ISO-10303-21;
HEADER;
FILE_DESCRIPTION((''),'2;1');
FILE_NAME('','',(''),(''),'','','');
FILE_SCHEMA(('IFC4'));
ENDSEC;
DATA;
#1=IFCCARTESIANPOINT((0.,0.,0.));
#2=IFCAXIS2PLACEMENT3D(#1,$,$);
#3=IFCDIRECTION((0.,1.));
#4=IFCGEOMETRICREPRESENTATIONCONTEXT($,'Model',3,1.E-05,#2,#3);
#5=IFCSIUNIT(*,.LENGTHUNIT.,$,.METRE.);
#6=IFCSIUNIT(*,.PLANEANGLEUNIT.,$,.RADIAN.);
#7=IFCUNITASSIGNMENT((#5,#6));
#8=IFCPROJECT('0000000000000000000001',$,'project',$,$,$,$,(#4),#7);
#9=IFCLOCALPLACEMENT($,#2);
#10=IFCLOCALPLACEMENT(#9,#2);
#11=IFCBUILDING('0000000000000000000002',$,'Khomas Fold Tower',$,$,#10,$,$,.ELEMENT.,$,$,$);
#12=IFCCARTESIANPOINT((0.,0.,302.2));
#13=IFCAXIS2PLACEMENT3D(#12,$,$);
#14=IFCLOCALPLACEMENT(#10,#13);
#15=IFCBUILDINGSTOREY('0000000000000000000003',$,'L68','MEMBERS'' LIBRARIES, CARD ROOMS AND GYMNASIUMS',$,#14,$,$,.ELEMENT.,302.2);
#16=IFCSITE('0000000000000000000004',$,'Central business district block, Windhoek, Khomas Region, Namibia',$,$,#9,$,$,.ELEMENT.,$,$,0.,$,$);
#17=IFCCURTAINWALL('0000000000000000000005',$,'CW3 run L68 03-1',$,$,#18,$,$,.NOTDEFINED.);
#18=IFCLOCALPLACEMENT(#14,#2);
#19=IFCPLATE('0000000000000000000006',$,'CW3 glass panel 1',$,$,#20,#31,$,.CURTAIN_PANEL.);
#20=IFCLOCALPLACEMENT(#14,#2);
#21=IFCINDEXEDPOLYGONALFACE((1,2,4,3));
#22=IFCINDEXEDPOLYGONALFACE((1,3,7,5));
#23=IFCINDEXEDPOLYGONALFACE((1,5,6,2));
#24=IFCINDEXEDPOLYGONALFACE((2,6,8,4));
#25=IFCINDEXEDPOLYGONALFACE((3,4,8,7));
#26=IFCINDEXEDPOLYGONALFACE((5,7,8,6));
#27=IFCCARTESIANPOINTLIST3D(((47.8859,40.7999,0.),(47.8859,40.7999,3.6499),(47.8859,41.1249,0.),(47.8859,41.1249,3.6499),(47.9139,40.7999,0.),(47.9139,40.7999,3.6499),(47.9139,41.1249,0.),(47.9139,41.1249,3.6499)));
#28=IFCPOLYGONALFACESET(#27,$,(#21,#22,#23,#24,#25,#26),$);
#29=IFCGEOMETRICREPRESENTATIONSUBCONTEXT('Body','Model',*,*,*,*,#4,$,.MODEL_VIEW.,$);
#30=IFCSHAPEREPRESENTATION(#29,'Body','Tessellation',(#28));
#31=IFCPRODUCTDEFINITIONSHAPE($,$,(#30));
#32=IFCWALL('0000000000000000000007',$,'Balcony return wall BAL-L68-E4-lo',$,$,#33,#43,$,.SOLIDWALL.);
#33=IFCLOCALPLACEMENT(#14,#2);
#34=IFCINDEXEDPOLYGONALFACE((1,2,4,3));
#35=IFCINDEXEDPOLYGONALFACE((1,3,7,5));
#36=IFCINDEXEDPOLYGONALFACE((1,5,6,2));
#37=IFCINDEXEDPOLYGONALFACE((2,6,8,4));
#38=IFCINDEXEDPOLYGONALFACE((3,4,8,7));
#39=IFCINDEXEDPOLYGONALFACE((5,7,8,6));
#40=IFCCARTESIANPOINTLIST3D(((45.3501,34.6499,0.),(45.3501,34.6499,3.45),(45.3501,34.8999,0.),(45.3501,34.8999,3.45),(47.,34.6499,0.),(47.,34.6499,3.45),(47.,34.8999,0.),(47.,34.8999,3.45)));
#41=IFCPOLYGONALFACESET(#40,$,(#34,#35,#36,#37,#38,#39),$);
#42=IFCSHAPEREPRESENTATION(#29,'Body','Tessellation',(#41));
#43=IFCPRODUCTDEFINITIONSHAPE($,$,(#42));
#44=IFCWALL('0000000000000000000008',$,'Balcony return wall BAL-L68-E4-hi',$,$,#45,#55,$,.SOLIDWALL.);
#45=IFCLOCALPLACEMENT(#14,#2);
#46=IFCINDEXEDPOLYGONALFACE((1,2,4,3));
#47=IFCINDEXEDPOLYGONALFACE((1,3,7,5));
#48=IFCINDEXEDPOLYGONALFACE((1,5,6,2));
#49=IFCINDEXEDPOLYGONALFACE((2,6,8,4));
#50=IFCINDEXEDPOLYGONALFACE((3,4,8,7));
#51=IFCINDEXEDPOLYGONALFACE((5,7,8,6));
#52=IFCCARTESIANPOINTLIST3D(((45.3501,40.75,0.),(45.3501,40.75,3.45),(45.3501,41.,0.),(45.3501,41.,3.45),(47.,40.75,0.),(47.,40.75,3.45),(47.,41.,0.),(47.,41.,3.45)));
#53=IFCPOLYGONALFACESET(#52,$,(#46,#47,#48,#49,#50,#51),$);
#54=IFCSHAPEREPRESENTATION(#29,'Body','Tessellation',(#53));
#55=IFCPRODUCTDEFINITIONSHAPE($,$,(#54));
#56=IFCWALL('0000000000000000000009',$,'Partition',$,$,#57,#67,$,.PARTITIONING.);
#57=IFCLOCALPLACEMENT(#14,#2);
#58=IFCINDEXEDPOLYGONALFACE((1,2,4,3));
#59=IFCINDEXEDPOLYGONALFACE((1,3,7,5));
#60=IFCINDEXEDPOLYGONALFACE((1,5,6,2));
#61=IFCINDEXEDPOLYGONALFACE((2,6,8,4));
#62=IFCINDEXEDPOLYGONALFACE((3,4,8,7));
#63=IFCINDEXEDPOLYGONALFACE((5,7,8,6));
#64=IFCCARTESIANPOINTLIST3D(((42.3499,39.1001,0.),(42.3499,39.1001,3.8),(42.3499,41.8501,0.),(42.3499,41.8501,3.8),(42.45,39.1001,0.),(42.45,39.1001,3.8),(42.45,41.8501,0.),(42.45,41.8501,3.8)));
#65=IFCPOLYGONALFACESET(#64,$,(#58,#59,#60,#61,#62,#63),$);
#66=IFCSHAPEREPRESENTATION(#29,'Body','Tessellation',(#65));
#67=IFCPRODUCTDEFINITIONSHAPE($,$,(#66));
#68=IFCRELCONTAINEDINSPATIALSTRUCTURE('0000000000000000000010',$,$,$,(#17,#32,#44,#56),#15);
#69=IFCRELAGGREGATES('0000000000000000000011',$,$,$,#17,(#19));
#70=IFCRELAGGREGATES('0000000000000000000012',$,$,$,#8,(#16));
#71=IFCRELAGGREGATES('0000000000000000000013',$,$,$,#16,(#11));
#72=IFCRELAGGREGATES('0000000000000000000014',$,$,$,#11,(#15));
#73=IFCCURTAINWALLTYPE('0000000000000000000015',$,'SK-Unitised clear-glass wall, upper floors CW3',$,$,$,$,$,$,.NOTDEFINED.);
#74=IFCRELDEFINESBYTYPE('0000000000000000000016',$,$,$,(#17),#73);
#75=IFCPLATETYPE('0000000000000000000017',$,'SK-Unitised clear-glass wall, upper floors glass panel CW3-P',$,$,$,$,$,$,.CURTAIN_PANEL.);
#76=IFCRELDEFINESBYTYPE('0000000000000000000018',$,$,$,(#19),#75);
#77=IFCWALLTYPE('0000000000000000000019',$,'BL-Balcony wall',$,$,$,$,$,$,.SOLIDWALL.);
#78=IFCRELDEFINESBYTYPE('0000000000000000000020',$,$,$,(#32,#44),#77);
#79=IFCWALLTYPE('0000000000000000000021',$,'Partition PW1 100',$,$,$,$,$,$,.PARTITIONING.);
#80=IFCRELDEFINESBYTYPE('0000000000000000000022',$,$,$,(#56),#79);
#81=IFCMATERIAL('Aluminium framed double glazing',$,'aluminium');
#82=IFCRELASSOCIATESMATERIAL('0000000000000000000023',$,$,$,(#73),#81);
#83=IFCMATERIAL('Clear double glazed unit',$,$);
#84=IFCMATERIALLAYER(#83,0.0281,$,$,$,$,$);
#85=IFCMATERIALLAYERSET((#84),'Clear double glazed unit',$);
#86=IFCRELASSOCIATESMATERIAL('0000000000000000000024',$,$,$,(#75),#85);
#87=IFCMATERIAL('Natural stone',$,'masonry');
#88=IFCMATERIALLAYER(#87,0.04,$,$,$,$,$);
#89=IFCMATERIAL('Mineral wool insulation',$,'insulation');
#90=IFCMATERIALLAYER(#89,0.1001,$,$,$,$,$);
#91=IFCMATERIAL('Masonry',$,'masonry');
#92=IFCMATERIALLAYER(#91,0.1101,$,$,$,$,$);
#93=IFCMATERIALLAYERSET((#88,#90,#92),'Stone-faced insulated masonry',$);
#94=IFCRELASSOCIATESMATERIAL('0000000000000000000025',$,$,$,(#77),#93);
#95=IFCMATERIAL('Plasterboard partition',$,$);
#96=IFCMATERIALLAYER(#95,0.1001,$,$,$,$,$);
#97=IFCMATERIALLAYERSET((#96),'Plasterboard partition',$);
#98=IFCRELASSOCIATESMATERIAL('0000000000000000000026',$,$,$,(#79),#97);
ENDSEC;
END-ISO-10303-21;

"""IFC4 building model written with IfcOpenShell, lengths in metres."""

from ifc_helpers import new_model, si_unit, direction, frame, frame_2d, origin, origin_2d, place, context, subcontext, project, spatial, rectangle, extrude, source, transform, mapped, material, layer, layer_set, type_object, element, aggregate, save


model = new_model("IFC4")

# Units and contexts
model_context = context("Model", 3, precision=1e-05, world=origin(), true_north=direction((0.0, 1.0)))
body_context = subcontext(model_context, "Body", "Model", "MODEL_VIEW")
ifc_project = project(units=[si_unit("LENGTHUNIT", "METRE"), si_unit("PLANEANGLEUNIT", "RADIAN")], contexts=[model_context])

# Site, building, storey
site_placement = place(None, origin())
site = spatial("IfcSite", under=ifc_project, at=site_placement, Name="Central business district block, Windhoek, Khomas Region, Namibia", CompositionType="ELEMENT", RefElevation=0.0)
building_placement = place(site_placement, origin())
building = spatial("IfcBuilding", under=site, at=building_placement, Name="Khomas Fold Tower", CompositionType="ELEMENT")
storey_placement = place(building_placement, frame((0.0, 0.0, 302.2)))
storey = spatial("IfcBuildingStorey", under=building, at=storey_placement, Name="L68", Description="MEMBERS' LIBRARIES, CARD ROOMS AND GYMNASIUMS", CompositionType="ELEMENT", Elevation=302.2)

# Shared definitions
ifc_material_1 = material(Name="Aluminium framed double glazing", Category="aluminium")
curtain_wall_type = type_object("IfcCurtainWallType", Name="SK-Unitised clear-glass wall, upper floors CW3", PredefinedType="NOTDEFINED", material=ifc_material_1)

# Curtain wall
curtain_wall_1_placement = place(storey_placement, origin())
curtain_wall_1 = element("IfcCurtainWall", 1, at=curtain_wall_1_placement, inside=storey, type_object=curtain_wall_type, Name="CW3 run L68 03-1", PredefinedType="NOTDEFINED")

# Plate
ifc_material_2 = material(Name="Clear double glazed unit")
ifc_layer_1 = layer(ifc_material_2, 0.0281)
ifc_layer_set_1 = layer_set([ifc_layer_1], Name="Clear double glazed unit")
plate_type = type_object("IfcPlateType", Name="SK-Unitised clear-glass wall, upper floors glass panel CW3-P", PredefinedType="CURTAIN_PANEL", material=ifc_layer_set_1)
shared_shape_1 = source(origin(), body_context, "Body", "SweptSolid", [
    extrude(rectangle(XDim=0.325, YDim=0.0281, at=origin_2d()), origin(), (0.0, 0.0, 1.0), 3.6499),
])
plate_1_placement = place(storey_placement, frame((47.8999, 40.9624, 0.0), z_axis=(0.0, 0.0, 1.0), x_axis=(0.0, 1.0, 0.0)))
plate_1 = element("IfcPlate", 2, at=plate_1_placement, type_object=plate_type, Name="CW3 glass panel 1", PredefinedType="CURTAIN_PANEL", context=body_context, shape_type="MappedRepresentation", body=[
    mapped(shared_shape_1, transform((0.0, 0.0, 0.0))),
])
aggregate(curtain_wall_1, [plate_1])

# Shared definitions
ifc_material_3 = material(Name="Natural stone", Category="masonry")
ifc_layer_2 = layer(ifc_material_3, 0.04)
ifc_material_4 = material(Name="Mineral wool insulation", Category="insulation")
ifc_layer_3 = layer(ifc_material_4, 0.1001)
ifc_material_5 = material(Name="Masonry", Category="masonry")
ifc_layer_4 = layer(ifc_material_5, 0.1101)
ifc_layer_set_2 = layer_set([ifc_layer_2, ifc_layer_3, ifc_layer_4], Name="Stone-faced insulated masonry")
wall_type_1 = type_object("IfcWallType", Name="BL-Balcony wall", PredefinedType="SOLIDWALL", material=ifc_layer_set_2)

# Walls
shared_shape_2 = source(origin(), body_context, "Body", "SweptSolid", [
    extrude(rectangle(XDim=1.6499, YDim=0.25, at=frame_2d((0.825, 0.0))), origin(), (0.0, 0.0, 1.0), 3.45),
])
for number, where, z_axis, x_axis, name in (
    (3, (47.0, 34.7749, 0.0), (0.0, 0.0, 1.0), (-1.0, 0.0, 0.0), "Balcony return wall BAL-L68-E4-lo"),
    (4, (47.0, 40.875, 0.0), (0.0, 0.0, 1.0), (-1.0, 0.0, 0.0), "Balcony return wall BAL-L68-E4-hi"),
):
    element("IfcWall", number, at=place(storey_placement, frame(where, z_axis=z_axis, x_axis=x_axis)), inside=storey, type_object=wall_type_1, Name=name, PredefinedType="SOLIDWALL", context=body_context, shape_type="MappedRepresentation", body=[
        mapped(shared_shape_2, transform((0.0, 0.0, 0.0))),
    ])
ifc_material_6 = material(Name="Plasterboard partition")
ifc_layer_5 = layer(ifc_material_6, 0.1001)
ifc_layer_set_3 = layer_set([ifc_layer_5], Name="Plasterboard partition")
wall_type_2 = type_object("IfcWallType", Name="Partition PW1 100", PredefinedType="PARTITIONING", material=ifc_layer_set_3)
shared_shape_3 = source(origin(), body_context, "Body", "SweptSolid", [
    extrude(rectangle(XDim=2.75, YDim=0.1001, at=frame_2d((1.375, 0.0))), origin(), (0.0, 0.0, 1.0), 3.8),
])
wall_1_placement = place(storey_placement, frame((42.3999, 39.1001, 0.0), z_axis=(0.0, 0.0, 1.0), x_axis=(0.0, 1.0, 0.0)))
element("IfcWall", 5, at=wall_1_placement, inside=storey, type_object=wall_type_2, Name="Partition", PredefinedType="PARTITIONING", context=body_context, shape_type="MappedRepresentation", body=[
    mapped(shared_shape_3, transform((0.0, 0.0, 0.0))),
])

save(model, "model.ifc")
